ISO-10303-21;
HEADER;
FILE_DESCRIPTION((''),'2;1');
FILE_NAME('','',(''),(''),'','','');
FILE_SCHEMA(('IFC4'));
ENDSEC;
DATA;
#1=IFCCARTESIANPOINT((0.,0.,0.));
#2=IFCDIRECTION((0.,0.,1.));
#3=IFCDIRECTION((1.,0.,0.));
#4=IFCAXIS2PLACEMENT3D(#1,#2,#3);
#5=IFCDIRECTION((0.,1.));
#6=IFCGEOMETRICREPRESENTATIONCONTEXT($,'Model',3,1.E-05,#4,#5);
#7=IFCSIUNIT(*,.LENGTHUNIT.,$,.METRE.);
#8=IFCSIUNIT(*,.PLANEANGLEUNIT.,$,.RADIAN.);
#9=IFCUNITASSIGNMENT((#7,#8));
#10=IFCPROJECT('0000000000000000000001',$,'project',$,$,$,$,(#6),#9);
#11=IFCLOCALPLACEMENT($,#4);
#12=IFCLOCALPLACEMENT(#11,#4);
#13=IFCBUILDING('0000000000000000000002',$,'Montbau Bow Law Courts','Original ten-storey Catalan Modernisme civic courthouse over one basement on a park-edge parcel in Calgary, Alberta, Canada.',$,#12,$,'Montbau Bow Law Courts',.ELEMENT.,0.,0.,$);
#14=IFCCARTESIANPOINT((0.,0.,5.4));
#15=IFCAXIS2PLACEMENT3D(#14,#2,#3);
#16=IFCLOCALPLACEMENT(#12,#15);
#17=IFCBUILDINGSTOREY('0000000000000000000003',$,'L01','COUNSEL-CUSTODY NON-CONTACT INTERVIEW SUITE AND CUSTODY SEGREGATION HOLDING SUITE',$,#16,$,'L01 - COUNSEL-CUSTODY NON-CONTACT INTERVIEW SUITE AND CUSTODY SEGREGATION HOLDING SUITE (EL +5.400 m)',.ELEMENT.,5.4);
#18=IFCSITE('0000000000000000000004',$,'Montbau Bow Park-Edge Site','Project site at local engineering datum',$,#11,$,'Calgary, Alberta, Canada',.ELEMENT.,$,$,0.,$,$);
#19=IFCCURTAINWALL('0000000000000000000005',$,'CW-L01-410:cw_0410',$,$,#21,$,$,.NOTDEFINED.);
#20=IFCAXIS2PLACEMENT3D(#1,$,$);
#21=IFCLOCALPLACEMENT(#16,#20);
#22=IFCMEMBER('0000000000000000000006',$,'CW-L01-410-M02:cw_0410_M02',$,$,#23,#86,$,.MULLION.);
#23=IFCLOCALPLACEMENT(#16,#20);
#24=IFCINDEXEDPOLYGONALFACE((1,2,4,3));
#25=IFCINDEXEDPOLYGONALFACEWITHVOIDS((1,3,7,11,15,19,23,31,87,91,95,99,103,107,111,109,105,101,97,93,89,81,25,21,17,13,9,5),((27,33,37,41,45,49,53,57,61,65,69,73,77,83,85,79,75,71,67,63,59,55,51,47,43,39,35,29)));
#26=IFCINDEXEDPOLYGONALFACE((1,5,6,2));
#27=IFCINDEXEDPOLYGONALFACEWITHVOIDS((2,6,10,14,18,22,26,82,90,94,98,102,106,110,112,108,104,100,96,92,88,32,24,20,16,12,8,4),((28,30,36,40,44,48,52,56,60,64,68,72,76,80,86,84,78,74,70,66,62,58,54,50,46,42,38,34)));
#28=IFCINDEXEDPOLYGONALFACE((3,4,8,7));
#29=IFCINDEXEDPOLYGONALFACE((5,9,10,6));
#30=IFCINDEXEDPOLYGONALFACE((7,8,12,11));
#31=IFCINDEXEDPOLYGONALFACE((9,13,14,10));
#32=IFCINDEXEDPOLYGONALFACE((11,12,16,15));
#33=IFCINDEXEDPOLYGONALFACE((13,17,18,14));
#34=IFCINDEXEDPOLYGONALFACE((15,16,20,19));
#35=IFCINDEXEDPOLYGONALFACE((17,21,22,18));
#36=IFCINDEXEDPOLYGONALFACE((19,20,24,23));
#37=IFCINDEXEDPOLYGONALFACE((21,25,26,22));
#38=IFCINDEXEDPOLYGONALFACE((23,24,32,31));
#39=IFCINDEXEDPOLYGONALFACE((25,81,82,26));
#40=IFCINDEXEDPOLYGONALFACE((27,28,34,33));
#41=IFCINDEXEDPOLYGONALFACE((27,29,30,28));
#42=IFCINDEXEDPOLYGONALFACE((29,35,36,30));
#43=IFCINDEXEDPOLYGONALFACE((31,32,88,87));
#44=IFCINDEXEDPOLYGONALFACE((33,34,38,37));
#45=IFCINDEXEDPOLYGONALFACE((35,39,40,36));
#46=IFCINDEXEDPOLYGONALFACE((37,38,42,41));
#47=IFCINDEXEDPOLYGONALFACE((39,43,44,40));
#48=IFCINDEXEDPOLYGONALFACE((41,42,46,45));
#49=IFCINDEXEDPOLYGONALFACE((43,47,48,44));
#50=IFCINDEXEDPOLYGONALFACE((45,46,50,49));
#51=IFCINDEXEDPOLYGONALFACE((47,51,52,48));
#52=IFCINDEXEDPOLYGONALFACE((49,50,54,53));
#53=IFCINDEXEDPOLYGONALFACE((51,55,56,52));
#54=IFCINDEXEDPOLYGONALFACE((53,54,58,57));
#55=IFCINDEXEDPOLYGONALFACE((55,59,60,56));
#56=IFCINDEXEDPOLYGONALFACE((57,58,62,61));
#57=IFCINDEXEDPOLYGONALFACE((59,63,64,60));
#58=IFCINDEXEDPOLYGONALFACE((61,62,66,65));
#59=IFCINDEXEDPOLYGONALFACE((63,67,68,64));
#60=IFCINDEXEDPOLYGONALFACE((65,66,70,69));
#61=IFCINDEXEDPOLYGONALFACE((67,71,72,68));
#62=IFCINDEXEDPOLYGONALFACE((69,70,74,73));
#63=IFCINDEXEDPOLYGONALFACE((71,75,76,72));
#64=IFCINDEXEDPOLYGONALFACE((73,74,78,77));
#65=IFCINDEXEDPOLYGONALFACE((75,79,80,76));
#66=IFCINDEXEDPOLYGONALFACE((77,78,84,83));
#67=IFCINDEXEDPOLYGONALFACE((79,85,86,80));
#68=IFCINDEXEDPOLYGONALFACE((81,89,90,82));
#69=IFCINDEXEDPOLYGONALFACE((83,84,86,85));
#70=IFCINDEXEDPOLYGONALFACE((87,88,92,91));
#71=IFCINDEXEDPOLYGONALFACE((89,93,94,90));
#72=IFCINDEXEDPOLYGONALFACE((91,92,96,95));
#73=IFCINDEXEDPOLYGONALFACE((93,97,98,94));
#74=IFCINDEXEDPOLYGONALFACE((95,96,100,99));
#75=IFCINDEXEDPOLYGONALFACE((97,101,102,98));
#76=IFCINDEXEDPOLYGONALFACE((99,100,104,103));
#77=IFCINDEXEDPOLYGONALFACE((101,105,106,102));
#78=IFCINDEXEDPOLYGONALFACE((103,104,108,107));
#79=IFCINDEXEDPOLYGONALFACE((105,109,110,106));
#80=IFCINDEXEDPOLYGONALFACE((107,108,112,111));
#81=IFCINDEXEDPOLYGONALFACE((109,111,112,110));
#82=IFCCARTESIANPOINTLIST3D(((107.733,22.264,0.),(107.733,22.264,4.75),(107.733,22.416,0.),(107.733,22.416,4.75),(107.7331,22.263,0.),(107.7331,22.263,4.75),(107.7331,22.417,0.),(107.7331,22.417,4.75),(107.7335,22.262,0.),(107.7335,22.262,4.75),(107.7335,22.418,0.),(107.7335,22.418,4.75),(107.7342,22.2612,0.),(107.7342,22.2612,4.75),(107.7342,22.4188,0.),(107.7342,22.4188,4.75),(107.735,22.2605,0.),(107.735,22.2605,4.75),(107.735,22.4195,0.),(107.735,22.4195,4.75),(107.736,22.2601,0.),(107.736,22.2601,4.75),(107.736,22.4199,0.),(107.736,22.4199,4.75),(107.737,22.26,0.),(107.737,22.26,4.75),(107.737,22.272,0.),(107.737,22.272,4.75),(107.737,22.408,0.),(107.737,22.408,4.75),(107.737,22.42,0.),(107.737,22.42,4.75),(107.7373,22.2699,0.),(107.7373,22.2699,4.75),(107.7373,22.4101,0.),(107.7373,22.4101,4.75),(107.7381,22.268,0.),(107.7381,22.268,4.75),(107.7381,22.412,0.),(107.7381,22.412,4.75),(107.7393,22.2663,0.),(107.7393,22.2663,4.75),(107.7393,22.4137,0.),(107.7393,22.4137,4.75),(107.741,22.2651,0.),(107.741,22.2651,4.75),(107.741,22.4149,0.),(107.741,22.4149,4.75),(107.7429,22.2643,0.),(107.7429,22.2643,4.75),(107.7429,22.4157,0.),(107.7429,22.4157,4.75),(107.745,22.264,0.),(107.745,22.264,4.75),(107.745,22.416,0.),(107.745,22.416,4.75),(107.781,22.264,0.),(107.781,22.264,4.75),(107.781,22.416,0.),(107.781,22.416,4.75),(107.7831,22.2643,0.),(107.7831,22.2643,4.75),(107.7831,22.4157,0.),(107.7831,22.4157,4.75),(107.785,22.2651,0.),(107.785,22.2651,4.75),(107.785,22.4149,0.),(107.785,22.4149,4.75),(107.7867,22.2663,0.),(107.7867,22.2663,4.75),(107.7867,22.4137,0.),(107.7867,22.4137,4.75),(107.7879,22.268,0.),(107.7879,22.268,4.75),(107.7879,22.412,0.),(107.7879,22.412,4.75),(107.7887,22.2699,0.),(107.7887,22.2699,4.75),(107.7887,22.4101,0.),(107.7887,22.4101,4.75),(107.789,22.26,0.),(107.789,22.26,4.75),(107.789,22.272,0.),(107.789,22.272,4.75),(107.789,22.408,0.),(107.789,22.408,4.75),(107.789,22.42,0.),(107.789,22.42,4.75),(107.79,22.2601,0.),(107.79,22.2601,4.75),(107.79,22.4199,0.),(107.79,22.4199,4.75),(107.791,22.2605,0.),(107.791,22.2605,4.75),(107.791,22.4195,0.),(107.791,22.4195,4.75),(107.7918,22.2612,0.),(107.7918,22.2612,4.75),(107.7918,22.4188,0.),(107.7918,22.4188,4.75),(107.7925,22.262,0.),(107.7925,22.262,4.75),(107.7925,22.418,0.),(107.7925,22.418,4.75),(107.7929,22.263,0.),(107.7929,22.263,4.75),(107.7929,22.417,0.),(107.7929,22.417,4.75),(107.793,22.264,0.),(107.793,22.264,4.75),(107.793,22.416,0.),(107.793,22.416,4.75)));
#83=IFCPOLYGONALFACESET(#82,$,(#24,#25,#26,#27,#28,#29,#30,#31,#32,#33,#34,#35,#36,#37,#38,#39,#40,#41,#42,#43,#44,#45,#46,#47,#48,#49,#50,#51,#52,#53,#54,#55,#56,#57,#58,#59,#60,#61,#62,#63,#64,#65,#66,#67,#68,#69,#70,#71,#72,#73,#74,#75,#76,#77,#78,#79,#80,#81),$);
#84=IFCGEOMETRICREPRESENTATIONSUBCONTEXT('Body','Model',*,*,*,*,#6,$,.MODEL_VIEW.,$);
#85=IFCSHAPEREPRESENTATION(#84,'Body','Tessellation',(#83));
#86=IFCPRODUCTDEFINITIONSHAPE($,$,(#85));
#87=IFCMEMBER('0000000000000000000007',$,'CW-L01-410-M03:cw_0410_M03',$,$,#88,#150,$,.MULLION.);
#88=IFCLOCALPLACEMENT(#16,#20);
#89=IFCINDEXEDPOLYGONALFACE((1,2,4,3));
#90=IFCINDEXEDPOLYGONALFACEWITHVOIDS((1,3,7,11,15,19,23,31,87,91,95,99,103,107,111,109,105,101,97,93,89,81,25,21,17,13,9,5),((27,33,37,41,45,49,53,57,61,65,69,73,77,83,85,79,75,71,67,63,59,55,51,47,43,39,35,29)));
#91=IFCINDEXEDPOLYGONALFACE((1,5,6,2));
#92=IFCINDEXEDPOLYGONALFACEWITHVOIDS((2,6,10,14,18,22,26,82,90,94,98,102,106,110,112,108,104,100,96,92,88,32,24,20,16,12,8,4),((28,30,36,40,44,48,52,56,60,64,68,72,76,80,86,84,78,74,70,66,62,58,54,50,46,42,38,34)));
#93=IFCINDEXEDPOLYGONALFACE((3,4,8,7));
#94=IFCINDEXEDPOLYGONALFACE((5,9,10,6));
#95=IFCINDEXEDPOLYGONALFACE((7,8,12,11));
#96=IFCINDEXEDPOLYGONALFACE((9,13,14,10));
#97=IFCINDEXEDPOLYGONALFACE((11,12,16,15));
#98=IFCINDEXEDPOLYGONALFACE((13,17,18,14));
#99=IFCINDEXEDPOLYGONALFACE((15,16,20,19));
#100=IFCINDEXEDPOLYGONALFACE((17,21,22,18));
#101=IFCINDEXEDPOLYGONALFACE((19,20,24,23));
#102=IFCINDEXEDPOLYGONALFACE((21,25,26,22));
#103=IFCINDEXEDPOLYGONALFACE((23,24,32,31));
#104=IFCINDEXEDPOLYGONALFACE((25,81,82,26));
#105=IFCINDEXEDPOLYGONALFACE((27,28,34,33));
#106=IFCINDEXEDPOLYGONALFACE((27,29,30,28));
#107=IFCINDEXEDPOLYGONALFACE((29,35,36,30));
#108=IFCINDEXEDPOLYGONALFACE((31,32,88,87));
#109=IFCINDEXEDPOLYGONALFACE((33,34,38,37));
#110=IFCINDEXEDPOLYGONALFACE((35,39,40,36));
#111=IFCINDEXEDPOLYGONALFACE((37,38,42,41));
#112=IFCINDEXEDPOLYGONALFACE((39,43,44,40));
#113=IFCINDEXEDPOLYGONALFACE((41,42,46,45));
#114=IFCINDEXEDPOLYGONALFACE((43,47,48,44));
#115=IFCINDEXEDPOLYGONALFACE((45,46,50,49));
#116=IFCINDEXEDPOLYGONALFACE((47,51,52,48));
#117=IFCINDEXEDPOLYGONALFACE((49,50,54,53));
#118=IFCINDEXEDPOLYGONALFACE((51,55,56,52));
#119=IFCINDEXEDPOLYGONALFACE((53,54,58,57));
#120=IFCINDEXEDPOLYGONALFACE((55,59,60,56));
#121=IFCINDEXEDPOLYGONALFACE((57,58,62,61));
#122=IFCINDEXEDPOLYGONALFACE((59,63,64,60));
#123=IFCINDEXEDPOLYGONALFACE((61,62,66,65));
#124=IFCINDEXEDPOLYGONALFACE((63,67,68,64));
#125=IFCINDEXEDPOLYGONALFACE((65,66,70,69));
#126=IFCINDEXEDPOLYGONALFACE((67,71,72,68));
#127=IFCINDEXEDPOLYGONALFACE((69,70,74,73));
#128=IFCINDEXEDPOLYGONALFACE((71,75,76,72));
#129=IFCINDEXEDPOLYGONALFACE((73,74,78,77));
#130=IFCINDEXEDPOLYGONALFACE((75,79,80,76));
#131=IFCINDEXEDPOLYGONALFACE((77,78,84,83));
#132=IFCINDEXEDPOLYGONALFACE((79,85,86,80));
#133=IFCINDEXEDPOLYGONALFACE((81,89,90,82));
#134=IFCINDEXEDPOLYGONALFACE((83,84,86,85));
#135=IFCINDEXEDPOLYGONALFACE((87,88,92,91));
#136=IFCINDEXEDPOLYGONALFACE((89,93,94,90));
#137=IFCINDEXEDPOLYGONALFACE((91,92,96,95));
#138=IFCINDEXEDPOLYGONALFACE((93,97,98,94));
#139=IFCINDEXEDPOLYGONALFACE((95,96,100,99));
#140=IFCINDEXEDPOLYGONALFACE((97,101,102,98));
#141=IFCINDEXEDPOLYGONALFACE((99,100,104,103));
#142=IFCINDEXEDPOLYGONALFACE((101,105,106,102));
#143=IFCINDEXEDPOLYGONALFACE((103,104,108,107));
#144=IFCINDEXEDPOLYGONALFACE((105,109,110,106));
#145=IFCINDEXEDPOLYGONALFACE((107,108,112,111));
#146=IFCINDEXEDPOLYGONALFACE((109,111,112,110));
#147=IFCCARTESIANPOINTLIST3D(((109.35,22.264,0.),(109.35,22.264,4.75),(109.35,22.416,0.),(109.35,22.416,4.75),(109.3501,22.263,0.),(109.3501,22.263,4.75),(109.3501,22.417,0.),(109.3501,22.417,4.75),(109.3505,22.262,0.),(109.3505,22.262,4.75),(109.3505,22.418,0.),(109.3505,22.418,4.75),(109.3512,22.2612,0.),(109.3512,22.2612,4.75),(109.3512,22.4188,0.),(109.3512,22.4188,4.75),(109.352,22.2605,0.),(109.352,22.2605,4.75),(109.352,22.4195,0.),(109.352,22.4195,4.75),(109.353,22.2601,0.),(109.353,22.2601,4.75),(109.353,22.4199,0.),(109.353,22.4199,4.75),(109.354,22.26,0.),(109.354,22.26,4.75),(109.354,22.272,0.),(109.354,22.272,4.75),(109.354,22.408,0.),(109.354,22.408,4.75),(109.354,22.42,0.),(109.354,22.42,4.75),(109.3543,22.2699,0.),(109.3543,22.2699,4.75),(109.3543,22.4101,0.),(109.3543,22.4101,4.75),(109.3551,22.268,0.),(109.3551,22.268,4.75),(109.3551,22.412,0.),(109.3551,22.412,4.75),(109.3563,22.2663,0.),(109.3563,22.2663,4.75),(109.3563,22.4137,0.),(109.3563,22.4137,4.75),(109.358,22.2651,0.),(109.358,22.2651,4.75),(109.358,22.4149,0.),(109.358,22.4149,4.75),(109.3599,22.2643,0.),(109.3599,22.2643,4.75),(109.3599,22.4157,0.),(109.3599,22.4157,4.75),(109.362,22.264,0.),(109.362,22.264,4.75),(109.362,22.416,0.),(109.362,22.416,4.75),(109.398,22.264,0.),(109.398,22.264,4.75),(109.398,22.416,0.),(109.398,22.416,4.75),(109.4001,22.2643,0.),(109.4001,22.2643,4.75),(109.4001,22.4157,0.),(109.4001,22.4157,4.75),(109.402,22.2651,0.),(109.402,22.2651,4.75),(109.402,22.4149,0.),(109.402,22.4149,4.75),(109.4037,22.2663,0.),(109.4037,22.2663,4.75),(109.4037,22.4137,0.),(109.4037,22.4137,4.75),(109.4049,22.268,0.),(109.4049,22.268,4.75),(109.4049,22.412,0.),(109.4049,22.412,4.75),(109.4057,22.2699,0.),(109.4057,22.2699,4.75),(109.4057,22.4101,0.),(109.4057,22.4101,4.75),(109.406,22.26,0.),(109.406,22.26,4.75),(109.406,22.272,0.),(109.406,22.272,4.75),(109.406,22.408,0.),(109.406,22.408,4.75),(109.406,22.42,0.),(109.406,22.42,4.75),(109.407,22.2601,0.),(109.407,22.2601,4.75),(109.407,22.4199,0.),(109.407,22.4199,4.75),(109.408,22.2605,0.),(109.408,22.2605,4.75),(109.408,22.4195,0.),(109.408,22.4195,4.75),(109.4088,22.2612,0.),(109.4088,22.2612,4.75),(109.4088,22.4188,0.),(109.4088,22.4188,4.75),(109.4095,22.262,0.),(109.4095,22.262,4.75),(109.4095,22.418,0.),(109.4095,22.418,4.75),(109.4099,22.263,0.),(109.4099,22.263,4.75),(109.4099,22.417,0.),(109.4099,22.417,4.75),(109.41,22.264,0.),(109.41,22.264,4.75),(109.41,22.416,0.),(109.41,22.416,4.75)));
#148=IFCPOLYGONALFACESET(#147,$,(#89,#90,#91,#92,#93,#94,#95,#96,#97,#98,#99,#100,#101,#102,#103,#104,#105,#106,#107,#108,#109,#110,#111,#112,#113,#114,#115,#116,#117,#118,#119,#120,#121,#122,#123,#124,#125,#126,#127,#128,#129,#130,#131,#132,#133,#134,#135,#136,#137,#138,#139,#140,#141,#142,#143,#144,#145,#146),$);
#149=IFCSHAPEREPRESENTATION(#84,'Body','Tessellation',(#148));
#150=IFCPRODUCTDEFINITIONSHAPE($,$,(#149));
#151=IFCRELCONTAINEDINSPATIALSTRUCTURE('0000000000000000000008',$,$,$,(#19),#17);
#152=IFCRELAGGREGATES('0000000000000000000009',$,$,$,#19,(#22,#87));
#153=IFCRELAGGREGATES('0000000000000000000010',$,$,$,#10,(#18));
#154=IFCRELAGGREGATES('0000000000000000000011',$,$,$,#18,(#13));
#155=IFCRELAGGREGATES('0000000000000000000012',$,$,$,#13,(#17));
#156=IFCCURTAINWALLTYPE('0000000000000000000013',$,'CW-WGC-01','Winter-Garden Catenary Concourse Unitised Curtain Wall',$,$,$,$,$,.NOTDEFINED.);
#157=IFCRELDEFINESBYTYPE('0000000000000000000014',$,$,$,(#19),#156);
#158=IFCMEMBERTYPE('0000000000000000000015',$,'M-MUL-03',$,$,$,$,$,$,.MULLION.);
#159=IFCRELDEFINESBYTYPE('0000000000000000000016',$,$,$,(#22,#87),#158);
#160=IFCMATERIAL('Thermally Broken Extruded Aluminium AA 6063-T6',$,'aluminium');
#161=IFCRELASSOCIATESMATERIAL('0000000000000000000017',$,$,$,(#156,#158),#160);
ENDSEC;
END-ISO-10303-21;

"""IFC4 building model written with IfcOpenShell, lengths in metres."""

from ifc_helpers import new_model, si_unit, direction, frame, origin_with_axes, origin_2d_with_axis, place, context, subcontext, project, spatial, hollow_rectangle, extrude, material, material_profile, profile_set, type_object, element, aggregate, save


model = new_model("IFC4")

# Units and contexts
model_context = context("Model", 3, precision=1e-05, world=origin_with_axes(), true_north=direction((0.0, 1.0)))
body_context = subcontext(model_context, "Body", "Model", "MODEL_VIEW")
ifc_project = project(units=[si_unit("LENGTHUNIT", "METRE"), si_unit("PLANEANGLEUNIT", "RADIAN")], contexts=[model_context])

# Site, building, storey
site_placement = place(None, origin_with_axes())
site = spatial("IfcSite", under=ifc_project, at=site_placement, Name="Montbau Bow Park-Edge Site", Description="Project site at local engineering datum", LongName="Calgary, Alberta, Canada", CompositionType="ELEMENT", RefElevation=0.0)
building_placement = place(site_placement, origin_with_axes())
building = spatial("IfcBuilding", under=site, at=building_placement, Name="Montbau Bow Law Courts", Description="Original ten-storey Catalan Modernisme civic courthouse over one basement on a park-edge parcel in Calgary, Alberta, Canada.", LongName="Montbau Bow Law Courts", CompositionType="ELEMENT", ElevationOfRefHeight=0.0, ElevationOfTerrain=0.0)
storey_placement = place(building_placement, frame((0.0, 0.0, 5.4), z_axis=(0.0, 0.0, 1.0), x_axis=(1.0, 0.0, 0.0)))
storey = spatial("IfcBuildingStorey", under=building, at=storey_placement, Name="L01", Description="COUNSEL-CUSTODY NON-CONTACT INTERVIEW SUITE AND CUSTODY SEGREGATION HOLDING SUITE", LongName="L01 - COUNSEL-CUSTODY NON-CONTACT INTERVIEW SUITE AND CUSTODY SEGREGATION HOLDING SUITE (EL +5.400 m)", CompositionType="ELEMENT", Elevation=5.4)

# Shared definitions
ifc_material_1 = material(Name="Thermally Broken Extruded Aluminium AA 6063-T6", Category="aluminium")
curtain_wall_type_1 = type_object("IfcCurtainWallType", Name="CW-WGC-01", Description="Winter-Garden Catenary Concourse Unitised Curtain Wall", PredefinedType="NOTDEFINED", material=ifc_material_1)

# Curtain wall, members
curtain_wall_1_placement = place(None, frame((106.115, 22.34, 5.4), z_axis=(0.0, 0.0, 1.0), x_axis=(1.0, 0.0, 0.0)))
curtain_wall_1 = element("IfcCurtainWall", 1, at=curtain_wall_1_placement, inside=storey, type_object=curtain_wall_type_1, Name="CW-L01-410:cw_0410", PredefinedType="NOTDEFINED")
ifc_material_profile_1 = material_profile(ifc_material_1, hollow_rectangle(XDim=0.06, YDim=0.16, WallThickness=0.004, InnerFilletRadius=0.008, OuterFilletRadius=0.004, at=origin_2d_with_axis()), Name="CWM-160X60", Category="Main", Priority=0)
ifc_profile_set_1 = profile_set([ifc_material_profile_1], Name="Thermally Broken Extruded Aluminium AA 6063-T6")
member_type_1 = type_object("IfcMemberType", Name="M-MUL-03", PredefinedType="MULLION", material=ifc_profile_set_1)
member_1_placement = place(None, frame((107.763, 22.34, 5.4), z_axis=(0.0, 0.0, 1.0), x_axis=(1.0, 0.0, 0.0)))
member_1 = element("IfcMember", 2, at=member_1_placement, type_object=member_type_1, Name="CW-L01-410-M02:cw_0410_M02", PredefinedType="MULLION", context=body_context, shape_type="SweptSolid", body=[
    extrude(hollow_rectangle(XDim=0.06, YDim=0.16, WallThickness=0.004, InnerFilletRadius=0.008, OuterFilletRadius=0.004, at=origin_2d_with_axis()), origin_with_axes(), (0.0, 0.0, 1.0), 4.75),
])
member_2_placement = place(None, frame((109.38, 22.34, 5.4), z_axis=(0.0, 0.0, 1.0), x_axis=(1.0, 0.0, 0.0)))
member_2 = element("IfcMember", 3, at=member_2_placement, type_object=member_type_1, Name="CW-L01-410-M03:cw_0410_M03", PredefinedType="MULLION", context=body_context, shape_type="SweptSolid", body=[
    extrude(hollow_rectangle(XDim=0.06, YDim=0.16, WallThickness=0.004, InnerFilletRadius=0.008, OuterFilletRadius=0.004, at=origin_2d_with_axis()), origin_with_axes(), (0.0, 0.0, 1.0), 4.75),
])

aggregate(curtain_wall_1, [member_1, member_2])

save(model, "model.ifc")
